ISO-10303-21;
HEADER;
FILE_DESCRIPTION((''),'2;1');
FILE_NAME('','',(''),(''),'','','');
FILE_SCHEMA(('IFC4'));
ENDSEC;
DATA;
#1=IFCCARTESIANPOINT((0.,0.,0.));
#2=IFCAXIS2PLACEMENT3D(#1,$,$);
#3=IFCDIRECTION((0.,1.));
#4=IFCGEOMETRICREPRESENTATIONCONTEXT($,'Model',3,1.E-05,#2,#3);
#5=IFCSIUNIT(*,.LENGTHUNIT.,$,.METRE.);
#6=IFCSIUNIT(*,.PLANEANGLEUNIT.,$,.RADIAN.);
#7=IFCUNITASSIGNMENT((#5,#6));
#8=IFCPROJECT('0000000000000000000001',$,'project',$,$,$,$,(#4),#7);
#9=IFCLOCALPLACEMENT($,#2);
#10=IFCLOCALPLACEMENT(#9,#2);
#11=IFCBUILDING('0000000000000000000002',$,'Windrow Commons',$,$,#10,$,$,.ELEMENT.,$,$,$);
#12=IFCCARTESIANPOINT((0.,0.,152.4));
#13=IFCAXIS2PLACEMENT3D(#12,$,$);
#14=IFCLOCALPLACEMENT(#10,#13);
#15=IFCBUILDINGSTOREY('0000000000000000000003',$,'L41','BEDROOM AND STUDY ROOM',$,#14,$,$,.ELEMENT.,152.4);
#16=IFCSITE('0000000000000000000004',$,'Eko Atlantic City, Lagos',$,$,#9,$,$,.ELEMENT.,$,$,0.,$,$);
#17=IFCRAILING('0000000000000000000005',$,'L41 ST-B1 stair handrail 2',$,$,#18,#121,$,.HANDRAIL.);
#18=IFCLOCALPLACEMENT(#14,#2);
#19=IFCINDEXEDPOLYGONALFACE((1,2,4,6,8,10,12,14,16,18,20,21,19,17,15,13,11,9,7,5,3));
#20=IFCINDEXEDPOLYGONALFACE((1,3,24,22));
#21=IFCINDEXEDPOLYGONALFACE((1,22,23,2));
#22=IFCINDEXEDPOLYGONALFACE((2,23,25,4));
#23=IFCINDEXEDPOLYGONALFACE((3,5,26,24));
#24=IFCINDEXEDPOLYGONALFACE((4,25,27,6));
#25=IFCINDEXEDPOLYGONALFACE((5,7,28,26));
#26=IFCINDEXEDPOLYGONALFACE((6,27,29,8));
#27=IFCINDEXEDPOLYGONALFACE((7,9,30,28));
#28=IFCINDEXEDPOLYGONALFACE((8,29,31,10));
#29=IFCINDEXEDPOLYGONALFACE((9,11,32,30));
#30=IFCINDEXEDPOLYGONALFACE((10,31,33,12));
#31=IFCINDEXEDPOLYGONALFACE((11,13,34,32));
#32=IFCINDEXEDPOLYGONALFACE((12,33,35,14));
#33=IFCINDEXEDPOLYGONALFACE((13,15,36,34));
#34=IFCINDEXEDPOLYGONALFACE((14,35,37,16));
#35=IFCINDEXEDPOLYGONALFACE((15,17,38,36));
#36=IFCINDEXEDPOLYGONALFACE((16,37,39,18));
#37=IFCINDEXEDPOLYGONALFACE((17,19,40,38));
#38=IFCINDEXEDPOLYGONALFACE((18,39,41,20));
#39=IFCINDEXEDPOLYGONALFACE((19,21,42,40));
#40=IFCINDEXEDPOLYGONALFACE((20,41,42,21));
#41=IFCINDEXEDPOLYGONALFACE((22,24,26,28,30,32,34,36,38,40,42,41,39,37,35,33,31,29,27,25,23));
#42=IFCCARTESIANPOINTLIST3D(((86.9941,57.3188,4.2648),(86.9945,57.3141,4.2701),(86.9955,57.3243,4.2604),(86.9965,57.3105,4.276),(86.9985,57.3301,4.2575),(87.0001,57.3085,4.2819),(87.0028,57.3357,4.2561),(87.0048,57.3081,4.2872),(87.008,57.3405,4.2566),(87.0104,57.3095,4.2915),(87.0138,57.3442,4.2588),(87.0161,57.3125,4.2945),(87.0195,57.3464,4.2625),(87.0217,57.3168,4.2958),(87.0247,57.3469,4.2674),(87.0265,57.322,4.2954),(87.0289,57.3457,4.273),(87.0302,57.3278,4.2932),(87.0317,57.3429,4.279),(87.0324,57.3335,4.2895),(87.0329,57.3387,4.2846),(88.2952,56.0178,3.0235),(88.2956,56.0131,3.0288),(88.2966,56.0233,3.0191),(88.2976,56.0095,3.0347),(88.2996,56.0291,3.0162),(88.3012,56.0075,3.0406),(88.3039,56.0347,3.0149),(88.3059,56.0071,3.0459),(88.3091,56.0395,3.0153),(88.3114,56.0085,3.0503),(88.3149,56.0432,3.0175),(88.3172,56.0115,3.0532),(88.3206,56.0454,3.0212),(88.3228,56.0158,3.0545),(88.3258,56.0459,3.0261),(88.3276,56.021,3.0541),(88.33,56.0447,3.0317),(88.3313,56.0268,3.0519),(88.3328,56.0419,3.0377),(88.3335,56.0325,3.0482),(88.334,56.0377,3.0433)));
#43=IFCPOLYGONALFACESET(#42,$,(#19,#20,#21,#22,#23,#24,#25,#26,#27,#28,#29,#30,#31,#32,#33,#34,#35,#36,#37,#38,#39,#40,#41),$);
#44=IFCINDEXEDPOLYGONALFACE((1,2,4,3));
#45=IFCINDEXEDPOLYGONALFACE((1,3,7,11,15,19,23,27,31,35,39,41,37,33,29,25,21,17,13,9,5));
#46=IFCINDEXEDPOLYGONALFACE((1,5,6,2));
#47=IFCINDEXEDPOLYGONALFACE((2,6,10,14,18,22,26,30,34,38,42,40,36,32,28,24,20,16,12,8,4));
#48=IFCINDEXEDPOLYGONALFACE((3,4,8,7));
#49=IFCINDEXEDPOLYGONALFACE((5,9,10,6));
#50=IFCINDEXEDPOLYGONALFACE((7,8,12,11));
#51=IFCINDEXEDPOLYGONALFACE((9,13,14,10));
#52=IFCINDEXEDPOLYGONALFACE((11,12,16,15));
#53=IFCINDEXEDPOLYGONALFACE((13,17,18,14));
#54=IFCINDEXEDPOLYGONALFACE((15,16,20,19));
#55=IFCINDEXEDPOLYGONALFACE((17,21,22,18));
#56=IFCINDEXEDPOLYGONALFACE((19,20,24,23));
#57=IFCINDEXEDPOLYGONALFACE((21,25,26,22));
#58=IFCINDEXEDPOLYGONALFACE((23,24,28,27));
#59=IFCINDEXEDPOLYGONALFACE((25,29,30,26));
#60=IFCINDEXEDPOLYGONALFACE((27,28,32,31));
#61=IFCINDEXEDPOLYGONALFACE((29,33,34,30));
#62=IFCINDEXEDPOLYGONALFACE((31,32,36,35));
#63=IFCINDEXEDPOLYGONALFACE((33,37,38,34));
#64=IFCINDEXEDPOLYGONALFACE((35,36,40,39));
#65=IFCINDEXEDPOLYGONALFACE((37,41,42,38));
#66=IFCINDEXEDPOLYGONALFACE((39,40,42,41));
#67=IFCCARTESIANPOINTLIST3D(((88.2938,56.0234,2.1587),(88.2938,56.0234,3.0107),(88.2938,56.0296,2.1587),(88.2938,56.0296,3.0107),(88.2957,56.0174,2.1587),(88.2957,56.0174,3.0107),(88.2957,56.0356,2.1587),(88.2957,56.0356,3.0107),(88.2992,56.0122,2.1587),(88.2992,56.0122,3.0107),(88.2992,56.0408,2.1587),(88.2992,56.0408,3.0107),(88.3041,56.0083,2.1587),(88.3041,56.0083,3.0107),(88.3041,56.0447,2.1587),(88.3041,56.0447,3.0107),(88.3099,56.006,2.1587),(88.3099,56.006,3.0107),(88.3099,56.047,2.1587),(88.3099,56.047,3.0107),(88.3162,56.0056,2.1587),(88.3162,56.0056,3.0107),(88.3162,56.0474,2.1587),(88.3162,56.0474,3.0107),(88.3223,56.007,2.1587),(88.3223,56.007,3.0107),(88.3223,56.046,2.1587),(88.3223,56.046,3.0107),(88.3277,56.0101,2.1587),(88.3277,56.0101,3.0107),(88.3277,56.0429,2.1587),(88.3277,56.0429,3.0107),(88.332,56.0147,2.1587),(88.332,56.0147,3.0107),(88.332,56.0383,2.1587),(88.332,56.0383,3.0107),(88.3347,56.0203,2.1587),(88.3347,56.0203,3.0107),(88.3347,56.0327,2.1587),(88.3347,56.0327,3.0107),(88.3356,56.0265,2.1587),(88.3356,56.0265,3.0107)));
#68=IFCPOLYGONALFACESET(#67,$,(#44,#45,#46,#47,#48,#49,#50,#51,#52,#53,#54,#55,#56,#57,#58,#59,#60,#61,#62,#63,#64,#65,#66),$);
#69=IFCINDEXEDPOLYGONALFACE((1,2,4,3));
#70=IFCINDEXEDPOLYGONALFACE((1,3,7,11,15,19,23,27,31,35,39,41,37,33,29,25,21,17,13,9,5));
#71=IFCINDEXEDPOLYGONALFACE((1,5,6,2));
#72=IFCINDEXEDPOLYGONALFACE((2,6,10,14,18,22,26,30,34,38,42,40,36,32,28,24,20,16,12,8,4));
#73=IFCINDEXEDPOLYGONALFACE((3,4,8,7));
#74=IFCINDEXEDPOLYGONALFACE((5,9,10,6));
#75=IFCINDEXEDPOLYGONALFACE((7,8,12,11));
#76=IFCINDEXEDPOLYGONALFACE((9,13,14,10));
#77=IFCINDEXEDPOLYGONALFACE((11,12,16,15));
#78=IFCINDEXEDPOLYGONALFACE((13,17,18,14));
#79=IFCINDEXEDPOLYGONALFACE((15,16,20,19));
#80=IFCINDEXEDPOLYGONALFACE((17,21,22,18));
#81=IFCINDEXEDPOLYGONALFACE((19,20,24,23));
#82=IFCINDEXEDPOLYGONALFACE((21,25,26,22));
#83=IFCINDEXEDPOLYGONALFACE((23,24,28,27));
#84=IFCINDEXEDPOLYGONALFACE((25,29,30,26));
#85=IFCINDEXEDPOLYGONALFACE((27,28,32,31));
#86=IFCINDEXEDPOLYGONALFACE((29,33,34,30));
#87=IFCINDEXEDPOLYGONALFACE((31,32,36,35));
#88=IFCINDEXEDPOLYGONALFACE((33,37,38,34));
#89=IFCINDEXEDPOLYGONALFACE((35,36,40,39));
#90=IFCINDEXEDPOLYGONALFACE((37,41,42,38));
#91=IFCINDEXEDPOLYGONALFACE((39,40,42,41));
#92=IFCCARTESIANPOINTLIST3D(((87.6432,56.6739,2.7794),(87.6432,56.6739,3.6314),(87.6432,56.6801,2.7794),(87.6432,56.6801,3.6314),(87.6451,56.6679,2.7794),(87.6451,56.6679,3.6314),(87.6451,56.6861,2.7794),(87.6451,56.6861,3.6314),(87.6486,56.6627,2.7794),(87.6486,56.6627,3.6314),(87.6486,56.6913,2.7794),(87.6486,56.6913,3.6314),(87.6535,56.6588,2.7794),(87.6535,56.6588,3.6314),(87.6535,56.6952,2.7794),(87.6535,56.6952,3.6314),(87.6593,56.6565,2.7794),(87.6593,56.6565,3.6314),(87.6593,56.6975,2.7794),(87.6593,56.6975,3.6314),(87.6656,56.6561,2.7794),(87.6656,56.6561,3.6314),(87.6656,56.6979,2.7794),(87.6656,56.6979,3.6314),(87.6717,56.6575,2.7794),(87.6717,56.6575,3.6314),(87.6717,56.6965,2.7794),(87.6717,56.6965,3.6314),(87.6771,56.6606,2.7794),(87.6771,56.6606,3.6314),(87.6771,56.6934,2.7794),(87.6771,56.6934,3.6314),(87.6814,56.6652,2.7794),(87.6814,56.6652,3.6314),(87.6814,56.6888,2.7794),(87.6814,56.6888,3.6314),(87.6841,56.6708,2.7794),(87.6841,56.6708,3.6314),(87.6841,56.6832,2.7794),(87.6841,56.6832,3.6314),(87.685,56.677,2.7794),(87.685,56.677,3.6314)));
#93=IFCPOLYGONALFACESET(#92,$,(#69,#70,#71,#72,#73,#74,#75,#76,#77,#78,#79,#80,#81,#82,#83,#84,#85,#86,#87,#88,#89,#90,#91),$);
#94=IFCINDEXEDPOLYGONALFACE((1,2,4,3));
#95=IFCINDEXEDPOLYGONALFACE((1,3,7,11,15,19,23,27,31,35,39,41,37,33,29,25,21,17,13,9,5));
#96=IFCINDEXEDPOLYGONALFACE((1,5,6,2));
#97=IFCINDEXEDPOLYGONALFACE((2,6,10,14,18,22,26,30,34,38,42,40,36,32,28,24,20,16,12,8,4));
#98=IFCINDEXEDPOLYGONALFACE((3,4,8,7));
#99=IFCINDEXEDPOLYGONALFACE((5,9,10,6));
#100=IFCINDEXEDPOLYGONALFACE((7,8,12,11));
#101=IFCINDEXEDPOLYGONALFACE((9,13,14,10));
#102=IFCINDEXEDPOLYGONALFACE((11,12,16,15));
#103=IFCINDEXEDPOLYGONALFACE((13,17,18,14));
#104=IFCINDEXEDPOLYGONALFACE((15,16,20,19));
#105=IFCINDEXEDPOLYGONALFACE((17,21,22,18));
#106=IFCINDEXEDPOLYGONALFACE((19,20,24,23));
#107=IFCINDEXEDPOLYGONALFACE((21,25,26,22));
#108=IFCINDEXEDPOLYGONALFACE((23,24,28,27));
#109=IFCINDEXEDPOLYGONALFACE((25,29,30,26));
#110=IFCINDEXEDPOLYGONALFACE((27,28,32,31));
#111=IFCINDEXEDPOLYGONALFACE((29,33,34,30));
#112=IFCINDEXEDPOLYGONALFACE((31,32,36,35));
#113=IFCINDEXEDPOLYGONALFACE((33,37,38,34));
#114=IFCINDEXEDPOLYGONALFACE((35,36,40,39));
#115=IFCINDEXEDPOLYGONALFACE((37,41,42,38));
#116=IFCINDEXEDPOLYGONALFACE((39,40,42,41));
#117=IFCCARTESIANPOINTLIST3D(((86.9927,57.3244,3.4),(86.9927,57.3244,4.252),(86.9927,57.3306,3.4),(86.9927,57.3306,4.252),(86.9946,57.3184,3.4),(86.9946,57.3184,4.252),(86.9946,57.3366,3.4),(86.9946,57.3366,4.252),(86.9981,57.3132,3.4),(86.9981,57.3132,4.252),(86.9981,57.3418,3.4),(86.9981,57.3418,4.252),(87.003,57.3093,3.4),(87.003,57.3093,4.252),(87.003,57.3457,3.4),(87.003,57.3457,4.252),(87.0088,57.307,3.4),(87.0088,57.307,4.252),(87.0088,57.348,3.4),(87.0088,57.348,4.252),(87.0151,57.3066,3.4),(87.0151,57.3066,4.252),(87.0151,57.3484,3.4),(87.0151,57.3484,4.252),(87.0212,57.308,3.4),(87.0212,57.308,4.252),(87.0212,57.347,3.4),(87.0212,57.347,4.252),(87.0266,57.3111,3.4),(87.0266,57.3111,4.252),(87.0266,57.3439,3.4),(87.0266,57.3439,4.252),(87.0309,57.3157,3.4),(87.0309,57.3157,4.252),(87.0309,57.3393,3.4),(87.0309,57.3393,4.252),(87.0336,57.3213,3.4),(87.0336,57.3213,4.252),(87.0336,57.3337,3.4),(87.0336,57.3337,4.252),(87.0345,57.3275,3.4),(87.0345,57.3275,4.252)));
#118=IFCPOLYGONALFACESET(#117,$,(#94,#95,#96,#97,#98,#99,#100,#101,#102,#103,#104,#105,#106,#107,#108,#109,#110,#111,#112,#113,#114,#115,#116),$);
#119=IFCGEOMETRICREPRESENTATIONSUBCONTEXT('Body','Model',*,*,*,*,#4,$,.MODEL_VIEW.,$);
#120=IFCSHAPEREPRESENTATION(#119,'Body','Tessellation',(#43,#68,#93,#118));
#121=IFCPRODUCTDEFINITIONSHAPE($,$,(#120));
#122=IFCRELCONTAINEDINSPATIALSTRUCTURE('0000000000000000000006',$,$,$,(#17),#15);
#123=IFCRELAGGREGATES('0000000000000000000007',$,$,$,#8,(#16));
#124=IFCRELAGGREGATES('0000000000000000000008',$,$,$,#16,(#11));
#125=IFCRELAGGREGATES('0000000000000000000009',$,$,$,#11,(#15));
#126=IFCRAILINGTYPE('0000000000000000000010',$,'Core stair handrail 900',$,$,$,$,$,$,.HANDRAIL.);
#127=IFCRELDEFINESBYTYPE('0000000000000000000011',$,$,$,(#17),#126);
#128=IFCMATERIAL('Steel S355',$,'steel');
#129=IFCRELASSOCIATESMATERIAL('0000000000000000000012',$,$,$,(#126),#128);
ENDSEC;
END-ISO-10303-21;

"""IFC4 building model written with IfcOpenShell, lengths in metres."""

from ifc_helpers import new_model, si_unit, direction, frame, origin, origin_2d, place, context, subcontext, project, spatial, circle, extrude, material, type_object, element, save


model = new_model("IFC4")

# Units and contexts
model_context = context("Model", 3, precision=1e-05, world=origin(), true_north=direction((0.0, 1.0)))
body_context = subcontext(model_context, "Body", "Model", "MODEL_VIEW")
ifc_project = project(units=[si_unit("LENGTHUNIT", "METRE"), si_unit("PLANEANGLEUNIT", "RADIAN")], contexts=[model_context])

# Site, building, storey
site_placement = place(None, origin())
site = spatial("IfcSite", under=ifc_project, at=site_placement, Name="Eko Atlantic City, Lagos", CompositionType="ELEMENT", RefElevation=0.0)
building_placement = place(site_placement, origin())
building = spatial("IfcBuilding", under=site, at=building_placement, Name="Windrow Commons", CompositionType="ELEMENT")
storey_placement = place(building_placement, frame((0.0, 0.0, 152.4)))
storey = spatial("IfcBuildingStorey", under=building, at=storey_placement, Name="L41", Description="BEDROOM AND STUDY ROOM", CompositionType="ELEMENT", Elevation=152.4)

# Railing
ifc_material_1 = material(Name="Steel S355", Category="steel")
railing_type_1 = type_object("IfcRailingType", Name="Core stair handrail 900", PredefinedType="HANDRAIL", material=ifc_material_1)
railing_1_placement = place(storey_placement, frame((88.3146, 56.0265, 2.1587)))
element("IfcRailing", 1, at=railing_1_placement, inside=storey, type_object=railing_type_1, Name="L41 ST-B1 stair handrail 2", PredefinedType="HANDRAIL", context=body_context, shape_type="SweptSolid", body=[
    extrude(circle(Radius=0.024, at=origin_2d()), frame((0.0, 0.0, 0.876), z_axis=(-0.586207, 0.586162, 0.559264), x_axis=(-0.70708, -0.707134, 0.0)), (0.0, 0.0, 1.0), 2.2195),
    extrude(circle(Radius=0.021, at=origin_2d()), origin(), (0.0, 0.0, 1.0), 0.852),
    extrude(circle(Radius=0.021, at=origin_2d()), frame((-0.6506, 0.6505, 0.6207)), (0.0, 0.0, 1.0), 0.852),
    extrude(circle(Radius=0.021, at=origin_2d()), frame((-1.3011, 1.301, 1.2413)), (0.0, 0.0, 1.0), 0.852),
])

save(model, "model.ifc")
